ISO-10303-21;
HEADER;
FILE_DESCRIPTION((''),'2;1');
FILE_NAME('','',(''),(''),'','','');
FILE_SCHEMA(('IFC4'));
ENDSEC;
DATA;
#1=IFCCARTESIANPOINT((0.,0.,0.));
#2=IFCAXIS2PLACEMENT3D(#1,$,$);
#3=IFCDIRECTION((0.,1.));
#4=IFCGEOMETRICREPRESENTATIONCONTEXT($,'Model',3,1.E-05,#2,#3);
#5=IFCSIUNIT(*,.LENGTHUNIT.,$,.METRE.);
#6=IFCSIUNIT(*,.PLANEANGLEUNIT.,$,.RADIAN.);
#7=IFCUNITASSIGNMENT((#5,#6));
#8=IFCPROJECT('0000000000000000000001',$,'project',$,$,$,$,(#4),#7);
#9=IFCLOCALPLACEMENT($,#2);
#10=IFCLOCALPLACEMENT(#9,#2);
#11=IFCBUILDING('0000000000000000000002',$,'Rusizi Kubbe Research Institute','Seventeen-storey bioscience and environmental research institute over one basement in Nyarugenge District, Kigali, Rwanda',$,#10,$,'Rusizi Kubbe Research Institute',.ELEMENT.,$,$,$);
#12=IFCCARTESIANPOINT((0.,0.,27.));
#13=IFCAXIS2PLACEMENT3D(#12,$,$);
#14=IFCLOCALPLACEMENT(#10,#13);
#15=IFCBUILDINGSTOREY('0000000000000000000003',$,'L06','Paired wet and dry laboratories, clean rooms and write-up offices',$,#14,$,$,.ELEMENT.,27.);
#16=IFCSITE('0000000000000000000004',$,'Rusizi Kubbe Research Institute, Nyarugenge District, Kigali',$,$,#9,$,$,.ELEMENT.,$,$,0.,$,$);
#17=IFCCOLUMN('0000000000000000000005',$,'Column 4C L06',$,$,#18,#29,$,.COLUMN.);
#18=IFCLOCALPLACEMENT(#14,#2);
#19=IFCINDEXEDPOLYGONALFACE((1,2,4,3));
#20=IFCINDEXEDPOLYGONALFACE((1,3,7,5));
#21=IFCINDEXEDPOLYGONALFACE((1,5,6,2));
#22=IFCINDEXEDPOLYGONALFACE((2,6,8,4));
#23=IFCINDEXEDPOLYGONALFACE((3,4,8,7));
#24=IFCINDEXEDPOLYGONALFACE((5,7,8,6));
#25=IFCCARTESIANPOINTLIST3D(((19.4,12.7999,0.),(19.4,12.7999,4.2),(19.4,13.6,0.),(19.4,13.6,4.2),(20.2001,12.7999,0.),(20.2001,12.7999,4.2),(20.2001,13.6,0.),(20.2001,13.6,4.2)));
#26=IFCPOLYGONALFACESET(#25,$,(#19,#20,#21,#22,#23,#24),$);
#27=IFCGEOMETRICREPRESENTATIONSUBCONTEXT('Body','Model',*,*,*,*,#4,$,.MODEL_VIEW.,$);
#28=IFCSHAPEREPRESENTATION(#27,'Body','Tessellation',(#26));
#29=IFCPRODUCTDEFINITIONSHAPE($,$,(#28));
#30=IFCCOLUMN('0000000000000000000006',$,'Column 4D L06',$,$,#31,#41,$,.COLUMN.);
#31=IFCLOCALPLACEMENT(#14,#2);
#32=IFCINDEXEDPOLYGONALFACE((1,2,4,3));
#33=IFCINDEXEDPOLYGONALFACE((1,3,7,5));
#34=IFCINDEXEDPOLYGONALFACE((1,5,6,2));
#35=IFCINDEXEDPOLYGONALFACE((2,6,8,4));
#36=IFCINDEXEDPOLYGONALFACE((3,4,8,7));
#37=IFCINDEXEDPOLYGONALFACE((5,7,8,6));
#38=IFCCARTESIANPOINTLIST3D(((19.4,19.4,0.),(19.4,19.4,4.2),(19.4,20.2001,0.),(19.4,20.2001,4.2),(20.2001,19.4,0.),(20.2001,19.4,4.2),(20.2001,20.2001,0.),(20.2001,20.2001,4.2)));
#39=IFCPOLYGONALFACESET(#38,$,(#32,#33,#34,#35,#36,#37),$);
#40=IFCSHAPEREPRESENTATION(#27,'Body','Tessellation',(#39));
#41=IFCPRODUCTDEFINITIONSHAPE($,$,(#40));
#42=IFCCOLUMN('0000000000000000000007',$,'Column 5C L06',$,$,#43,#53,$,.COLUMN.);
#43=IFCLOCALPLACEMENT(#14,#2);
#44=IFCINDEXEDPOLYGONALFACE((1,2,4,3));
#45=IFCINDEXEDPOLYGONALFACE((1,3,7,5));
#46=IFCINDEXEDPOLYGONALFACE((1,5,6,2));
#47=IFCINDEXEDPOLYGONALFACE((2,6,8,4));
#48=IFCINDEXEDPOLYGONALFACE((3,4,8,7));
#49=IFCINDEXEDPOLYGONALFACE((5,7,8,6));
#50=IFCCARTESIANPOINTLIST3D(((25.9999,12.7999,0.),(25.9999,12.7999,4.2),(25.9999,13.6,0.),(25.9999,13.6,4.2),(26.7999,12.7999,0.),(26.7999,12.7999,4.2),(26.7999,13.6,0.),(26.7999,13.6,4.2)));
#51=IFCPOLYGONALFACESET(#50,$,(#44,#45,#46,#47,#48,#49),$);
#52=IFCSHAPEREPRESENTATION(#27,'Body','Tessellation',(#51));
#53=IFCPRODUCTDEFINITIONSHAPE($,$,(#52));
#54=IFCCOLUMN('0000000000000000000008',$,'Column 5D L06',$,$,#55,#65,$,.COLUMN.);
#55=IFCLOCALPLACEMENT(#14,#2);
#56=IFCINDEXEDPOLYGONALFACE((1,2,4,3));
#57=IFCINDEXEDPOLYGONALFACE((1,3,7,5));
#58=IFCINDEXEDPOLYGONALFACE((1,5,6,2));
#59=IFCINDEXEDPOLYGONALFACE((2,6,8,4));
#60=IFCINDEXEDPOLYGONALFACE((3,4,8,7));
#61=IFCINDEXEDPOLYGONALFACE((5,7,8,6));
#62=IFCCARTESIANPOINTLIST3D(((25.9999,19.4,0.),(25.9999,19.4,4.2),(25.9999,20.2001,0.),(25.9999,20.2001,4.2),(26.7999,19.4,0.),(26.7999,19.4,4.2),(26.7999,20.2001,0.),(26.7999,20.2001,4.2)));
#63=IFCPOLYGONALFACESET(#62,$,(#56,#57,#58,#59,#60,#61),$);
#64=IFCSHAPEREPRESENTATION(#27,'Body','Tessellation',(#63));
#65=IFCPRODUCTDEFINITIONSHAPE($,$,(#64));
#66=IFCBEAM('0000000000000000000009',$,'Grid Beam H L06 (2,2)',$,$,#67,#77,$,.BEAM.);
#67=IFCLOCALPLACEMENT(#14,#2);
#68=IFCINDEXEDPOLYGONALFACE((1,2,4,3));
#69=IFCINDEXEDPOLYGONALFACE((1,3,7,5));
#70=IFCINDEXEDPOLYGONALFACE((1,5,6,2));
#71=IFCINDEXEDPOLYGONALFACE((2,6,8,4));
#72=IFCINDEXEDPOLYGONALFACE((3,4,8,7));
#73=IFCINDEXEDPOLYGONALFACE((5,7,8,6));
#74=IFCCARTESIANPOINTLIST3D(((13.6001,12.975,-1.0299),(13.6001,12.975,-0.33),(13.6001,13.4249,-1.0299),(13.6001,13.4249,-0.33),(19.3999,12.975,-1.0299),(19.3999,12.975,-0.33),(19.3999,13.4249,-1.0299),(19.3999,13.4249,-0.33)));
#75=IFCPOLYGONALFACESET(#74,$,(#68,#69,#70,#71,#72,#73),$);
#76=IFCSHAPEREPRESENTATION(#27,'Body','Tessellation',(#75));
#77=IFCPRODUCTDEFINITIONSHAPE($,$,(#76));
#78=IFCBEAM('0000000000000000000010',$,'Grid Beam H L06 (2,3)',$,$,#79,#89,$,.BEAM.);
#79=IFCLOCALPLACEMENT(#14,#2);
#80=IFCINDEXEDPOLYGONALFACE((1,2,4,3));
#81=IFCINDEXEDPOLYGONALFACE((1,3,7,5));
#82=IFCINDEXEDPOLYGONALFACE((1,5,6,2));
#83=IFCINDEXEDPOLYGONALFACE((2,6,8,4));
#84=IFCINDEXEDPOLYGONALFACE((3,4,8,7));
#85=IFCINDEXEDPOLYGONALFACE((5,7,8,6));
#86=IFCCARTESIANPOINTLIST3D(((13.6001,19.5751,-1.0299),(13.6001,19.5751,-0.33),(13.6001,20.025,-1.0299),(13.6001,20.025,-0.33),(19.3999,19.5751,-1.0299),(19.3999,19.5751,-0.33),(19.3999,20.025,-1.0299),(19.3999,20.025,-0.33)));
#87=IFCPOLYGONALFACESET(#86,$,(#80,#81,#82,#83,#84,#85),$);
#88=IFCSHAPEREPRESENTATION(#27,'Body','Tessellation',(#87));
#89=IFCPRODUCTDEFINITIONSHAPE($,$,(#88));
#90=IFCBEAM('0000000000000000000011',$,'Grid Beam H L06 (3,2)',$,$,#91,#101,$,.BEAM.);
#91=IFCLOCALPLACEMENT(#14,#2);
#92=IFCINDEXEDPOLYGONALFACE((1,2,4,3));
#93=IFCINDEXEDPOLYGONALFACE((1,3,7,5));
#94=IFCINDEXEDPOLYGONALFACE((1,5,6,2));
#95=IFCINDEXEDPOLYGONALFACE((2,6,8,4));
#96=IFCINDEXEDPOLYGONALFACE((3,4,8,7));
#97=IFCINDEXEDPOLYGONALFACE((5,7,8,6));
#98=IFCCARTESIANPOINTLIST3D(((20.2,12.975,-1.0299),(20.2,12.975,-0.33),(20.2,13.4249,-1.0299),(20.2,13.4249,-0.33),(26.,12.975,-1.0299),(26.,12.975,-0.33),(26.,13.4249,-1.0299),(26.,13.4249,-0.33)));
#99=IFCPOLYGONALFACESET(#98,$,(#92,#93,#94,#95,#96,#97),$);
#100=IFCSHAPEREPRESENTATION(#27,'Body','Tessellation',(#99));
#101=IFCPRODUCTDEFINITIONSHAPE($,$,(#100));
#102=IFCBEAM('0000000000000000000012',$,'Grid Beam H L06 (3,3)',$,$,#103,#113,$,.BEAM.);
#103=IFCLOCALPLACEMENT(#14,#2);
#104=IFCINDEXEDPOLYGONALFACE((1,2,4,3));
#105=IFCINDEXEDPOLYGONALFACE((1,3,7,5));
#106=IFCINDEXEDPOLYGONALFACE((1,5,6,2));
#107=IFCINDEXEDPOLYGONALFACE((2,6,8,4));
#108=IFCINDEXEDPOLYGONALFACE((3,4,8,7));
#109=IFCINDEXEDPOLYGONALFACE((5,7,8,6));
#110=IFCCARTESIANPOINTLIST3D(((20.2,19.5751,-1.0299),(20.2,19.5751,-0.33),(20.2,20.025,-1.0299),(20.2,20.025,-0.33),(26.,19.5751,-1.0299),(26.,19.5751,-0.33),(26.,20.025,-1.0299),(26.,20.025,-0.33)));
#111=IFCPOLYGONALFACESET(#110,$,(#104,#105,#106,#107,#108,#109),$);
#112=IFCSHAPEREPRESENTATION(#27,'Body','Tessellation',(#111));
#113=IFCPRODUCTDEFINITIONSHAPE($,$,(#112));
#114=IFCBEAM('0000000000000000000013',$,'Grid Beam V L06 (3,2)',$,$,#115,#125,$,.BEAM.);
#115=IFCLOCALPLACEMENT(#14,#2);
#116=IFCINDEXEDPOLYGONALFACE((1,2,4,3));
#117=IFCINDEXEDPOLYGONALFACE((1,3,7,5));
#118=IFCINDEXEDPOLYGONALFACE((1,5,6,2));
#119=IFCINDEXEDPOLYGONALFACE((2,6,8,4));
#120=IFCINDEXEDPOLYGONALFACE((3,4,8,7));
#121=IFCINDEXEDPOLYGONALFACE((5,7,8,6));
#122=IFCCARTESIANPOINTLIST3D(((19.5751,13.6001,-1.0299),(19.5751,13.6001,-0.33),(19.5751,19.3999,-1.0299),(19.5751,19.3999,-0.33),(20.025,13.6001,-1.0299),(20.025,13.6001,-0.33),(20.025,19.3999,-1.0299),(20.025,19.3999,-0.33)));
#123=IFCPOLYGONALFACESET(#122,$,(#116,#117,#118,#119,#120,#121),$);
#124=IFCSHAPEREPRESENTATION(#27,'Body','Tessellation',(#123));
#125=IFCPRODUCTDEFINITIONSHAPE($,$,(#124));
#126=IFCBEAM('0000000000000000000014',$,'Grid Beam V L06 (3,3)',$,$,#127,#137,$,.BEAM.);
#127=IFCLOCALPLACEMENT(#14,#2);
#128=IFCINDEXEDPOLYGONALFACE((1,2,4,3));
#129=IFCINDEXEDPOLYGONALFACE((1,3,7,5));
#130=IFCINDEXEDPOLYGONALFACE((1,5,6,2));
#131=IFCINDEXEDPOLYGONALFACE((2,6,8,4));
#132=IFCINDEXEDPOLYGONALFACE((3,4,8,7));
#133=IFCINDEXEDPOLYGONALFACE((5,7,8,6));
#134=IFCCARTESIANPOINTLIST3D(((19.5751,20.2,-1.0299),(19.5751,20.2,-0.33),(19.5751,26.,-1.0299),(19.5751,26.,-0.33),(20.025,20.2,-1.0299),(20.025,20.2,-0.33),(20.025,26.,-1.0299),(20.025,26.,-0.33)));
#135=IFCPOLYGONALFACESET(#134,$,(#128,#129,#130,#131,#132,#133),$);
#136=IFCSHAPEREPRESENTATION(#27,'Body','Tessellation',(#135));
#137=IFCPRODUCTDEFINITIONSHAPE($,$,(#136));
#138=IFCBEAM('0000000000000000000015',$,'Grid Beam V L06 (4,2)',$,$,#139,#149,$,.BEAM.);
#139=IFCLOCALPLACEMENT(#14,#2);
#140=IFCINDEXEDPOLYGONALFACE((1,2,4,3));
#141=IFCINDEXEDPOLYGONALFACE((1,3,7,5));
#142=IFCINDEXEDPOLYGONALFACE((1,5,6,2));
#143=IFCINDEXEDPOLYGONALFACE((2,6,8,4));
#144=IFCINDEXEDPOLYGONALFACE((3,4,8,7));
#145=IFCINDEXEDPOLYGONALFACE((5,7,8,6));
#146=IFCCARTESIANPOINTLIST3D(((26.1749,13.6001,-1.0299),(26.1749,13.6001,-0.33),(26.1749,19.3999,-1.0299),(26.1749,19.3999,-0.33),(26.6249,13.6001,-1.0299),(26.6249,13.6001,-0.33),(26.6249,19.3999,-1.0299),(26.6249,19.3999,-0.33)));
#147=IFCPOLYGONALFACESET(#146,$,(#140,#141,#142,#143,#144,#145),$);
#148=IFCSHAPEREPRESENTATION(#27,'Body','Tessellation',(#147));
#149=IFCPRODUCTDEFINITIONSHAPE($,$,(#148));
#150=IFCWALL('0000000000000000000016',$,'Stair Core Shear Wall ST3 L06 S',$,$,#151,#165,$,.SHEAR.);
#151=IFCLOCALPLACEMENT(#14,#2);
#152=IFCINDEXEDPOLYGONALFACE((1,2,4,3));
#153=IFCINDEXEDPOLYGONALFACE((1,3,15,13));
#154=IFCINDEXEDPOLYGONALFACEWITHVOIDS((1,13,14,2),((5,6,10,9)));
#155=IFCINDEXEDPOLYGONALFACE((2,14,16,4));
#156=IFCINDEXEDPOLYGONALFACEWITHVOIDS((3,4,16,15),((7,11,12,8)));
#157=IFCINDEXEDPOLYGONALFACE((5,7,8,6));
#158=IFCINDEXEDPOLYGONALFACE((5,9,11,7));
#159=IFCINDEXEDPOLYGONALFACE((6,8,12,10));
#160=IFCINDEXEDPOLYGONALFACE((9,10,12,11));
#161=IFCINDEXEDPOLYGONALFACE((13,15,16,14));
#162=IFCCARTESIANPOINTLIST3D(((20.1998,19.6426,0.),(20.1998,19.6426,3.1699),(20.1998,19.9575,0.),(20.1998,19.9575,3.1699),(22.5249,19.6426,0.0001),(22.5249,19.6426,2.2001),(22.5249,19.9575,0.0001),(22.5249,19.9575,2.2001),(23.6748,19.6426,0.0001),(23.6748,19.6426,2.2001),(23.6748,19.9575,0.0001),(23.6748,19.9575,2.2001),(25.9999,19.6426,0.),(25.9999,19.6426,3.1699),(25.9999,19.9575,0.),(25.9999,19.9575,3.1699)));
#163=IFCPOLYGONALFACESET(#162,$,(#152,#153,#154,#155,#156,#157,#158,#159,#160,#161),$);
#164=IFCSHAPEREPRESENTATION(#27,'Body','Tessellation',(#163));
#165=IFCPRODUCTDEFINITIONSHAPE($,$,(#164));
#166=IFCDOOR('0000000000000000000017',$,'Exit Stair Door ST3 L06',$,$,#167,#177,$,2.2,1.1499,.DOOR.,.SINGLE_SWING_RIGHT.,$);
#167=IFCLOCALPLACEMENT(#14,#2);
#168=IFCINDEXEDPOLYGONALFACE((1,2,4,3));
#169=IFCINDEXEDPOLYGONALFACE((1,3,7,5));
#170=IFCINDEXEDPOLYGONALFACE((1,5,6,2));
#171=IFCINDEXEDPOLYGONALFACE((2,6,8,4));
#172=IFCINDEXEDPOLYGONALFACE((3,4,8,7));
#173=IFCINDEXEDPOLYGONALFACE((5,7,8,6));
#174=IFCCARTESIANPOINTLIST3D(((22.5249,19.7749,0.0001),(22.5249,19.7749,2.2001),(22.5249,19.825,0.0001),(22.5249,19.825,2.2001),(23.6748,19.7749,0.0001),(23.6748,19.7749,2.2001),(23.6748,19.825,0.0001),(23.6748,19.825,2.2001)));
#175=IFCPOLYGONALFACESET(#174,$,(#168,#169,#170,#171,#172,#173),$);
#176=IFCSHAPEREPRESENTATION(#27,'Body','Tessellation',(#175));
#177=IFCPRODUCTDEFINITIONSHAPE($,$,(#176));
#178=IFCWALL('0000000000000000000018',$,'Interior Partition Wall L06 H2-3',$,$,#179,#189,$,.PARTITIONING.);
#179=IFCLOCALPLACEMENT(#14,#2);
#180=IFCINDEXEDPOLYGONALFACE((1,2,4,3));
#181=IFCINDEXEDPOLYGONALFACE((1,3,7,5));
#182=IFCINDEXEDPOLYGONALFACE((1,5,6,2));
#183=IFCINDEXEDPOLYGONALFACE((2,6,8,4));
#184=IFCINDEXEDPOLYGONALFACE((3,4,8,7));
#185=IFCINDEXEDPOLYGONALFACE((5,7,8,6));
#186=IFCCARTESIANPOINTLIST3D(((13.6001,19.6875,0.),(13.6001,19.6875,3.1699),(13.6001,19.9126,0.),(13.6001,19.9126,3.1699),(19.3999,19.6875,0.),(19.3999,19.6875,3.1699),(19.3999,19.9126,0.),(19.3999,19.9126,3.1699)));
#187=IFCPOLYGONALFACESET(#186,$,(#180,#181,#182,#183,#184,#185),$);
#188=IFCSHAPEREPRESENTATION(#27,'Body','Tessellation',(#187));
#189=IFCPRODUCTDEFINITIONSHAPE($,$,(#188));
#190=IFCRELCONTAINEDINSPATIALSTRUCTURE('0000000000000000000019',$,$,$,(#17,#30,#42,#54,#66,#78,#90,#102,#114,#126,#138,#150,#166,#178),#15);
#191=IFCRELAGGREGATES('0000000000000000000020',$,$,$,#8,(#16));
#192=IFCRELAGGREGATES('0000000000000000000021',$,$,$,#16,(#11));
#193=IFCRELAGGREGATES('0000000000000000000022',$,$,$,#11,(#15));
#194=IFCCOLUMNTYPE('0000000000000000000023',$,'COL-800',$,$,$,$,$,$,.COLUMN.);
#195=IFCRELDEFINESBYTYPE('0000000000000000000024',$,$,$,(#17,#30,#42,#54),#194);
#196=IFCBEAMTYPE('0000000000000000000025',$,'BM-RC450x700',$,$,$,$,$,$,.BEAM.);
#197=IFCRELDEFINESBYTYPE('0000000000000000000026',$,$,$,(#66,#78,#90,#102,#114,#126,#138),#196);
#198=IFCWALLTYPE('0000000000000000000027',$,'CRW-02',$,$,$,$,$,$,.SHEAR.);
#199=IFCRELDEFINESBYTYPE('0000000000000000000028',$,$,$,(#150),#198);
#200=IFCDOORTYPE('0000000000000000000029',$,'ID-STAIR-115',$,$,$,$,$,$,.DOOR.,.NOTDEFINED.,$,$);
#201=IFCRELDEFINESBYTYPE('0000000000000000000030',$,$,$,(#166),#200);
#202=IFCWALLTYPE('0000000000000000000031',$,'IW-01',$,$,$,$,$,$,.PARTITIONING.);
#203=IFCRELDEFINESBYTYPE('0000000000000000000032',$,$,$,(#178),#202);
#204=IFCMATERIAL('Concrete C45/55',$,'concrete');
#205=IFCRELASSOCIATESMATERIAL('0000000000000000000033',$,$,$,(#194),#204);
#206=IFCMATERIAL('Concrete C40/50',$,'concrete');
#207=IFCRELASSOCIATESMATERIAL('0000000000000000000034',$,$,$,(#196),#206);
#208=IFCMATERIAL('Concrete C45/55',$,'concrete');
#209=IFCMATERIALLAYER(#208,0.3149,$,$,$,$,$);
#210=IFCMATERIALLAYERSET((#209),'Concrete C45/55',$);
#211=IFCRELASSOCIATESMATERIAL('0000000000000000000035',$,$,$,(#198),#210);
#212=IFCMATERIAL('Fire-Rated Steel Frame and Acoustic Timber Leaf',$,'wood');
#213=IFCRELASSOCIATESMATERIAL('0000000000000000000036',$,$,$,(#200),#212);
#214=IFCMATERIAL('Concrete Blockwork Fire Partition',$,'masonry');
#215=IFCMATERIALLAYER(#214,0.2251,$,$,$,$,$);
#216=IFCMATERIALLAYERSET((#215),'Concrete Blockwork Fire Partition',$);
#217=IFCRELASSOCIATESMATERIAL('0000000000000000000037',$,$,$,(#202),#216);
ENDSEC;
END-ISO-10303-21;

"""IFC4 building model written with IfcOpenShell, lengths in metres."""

from ifc_helpers import new_model, si_unit, direction, frame, frame_2d, origin, origin_2d, place, context, subcontext, project, spatial, rectangle, extrude, material, layer, layer_set, material_profile, profile_set, type_object, element, fill, save


model = new_model("IFC4")

# Units and contexts
model_context = context("Model", 3, precision=1e-05, world=origin(), true_north=direction((0.0, 1.0)))
body_context = subcontext(model_context, "Body", "Model", "MODEL_VIEW")
ifc_project = project(units=[si_unit("LENGTHUNIT", "METRE"), si_unit("PLANEANGLEUNIT", "RADIAN")], contexts=[model_context])

# Site, building, storey
site_placement = place(None, origin())
site = spatial("IfcSite", under=ifc_project, at=site_placement, Name="Rusizi Kubbe Research Institute, Nyarugenge District, Kigali", CompositionType="ELEMENT", RefElevation=0.0)
building_placement = place(site_placement, origin())
building = spatial("IfcBuilding", under=site, at=building_placement, Name="Rusizi Kubbe Research Institute", Description="Seventeen-storey bioscience and environmental research institute over one basement in Nyarugenge District, Kigali, Rwanda", LongName="Rusizi Kubbe Research Institute", CompositionType="ELEMENT")
storey_placement = place(building_placement, frame((0.0, 0.0, 27.0)))
storey = spatial("IfcBuildingStorey", under=building, at=storey_placement, Name="L06", Description="Paired wet and dry laboratories, clean rooms and write-up offices", CompositionType="ELEMENT", Elevation=27.0)

# Columns
ifc_material_1 = material(Name="Concrete C45/55", Category="concrete")
ifc_material_profile_1 = material_profile(ifc_material_1, rectangle(XDim=0.8, YDim=0.8, at=origin_2d()), Name="RC800x800")
ifc_profile_set_1 = profile_set([ifc_material_profile_1], Name="Concrete C45/55")
column_type = type_object("IfcColumnType", Name="COL-800", PredefinedType="COLUMN", material=ifc_profile_set_1)
for number, where, z_axis, x_axis, name in (
    (1, (19.8, 13.2, 0.0), (0.0, 0.0, 1.0), (1.0, 0.0, 0.0), "Column 4C L06"),
    (2, (19.8, 19.8, 0.0), (0.0, 0.0, 1.0), (1.0, 0.0, 0.0), "Column 4D L06"),
    (3, (26.3999, 13.2, 0.0), (0.0, 0.0, 1.0), (1.0, 0.0, 0.0), "Column 5C L06"),
    (4, (26.3999, 19.8, 0.0), (0.0, 0.0, 1.0), (1.0, 0.0, 0.0), "Column 5D L06"),
):
    element("IfcColumn", number, at=place(storey_placement, frame(where, z_axis=z_axis, x_axis=x_axis)), inside=storey, type_object=column_type, Name=name, PredefinedType="COLUMN", context=body_context, shape_type="SweptSolid", body=[
        extrude(rectangle(XDim=0.8, YDim=0.8, at=origin_2d()), origin(), (0.0, 0.0, 1.0), 4.2),
    ])

# Beams
ifc_material_2 = material(Name="Concrete C40/50", Category="concrete")
ifc_material_profile_2 = material_profile(ifc_material_2, rectangle(XDim=0.45, YDim=0.7, at=origin_2d()), Name="RC450x700B")
ifc_profile_set_2 = profile_set([ifc_material_profile_2], Name="Concrete C40/50")
beam_type = type_object("IfcBeamType", Name="BM-RC450x700", PredefinedType="BEAM", material=ifc_profile_set_2)
for number, where, z_axis, x_axis, name in (
    (5, (13.6001, 13.2, -0.6799), (1.0, 0.0, 0.0), (0.0, 1.0, 0.0), "Grid Beam H L06 (2,2)"),
    (6, (13.6001, 19.8, -0.6799), (1.0, 0.0, 0.0), (0.0, 1.0, 0.0), "Grid Beam H L06 (2,3)"),
):
    element("IfcBeam", number, at=place(storey_placement, frame(where, z_axis=z_axis, x_axis=x_axis)), inside=storey, type_object=beam_type, Name=name, PredefinedType="BEAM", context=body_context, shape_type="SweptSolid", body=[
        extrude(rectangle(XDim=0.45, YDim=0.7, at=origin_2d()), origin(), (0.0, 0.0, 1.0), 5.7998),
    ])
for number, where, z_axis, x_axis, name in (
    (7, (20.2, 13.2, -0.6799), (1.0, 0.0, 0.0), (0.0, 1.0, 0.0), "Grid Beam H L06 (3,2)"),
    (8, (20.2, 19.8, -0.6799), (1.0, 0.0, 0.0), (0.0, 1.0, 0.0), "Grid Beam H L06 (3,3)"),
):
    element("IfcBeam", number, at=place(storey_placement, frame(where, z_axis=z_axis, x_axis=x_axis)), inside=storey, type_object=beam_type, Name=name, PredefinedType="BEAM", context=body_context, shape_type="SweptSolid", body=[
        extrude(rectangle(XDim=0.45, YDim=0.7, at=origin_2d()), origin(), (0.0, 0.0, 1.0), 5.8),
    ])
beam_1_placement = place(storey_placement, frame((19.8, 13.6001, -0.6799), z_axis=(0.0, 1.0, 0.0), x_axis=(-1.0, 0.0, 0.0)))
element("IfcBeam", 9, at=beam_1_placement, inside=storey, type_object=beam_type, Name="Grid Beam V L06 (3,2)", PredefinedType="BEAM", context=body_context, shape_type="SweptSolid", body=[
    extrude(rectangle(XDim=0.45, YDim=0.7, at=origin_2d()), origin(), (0.0, 0.0, 1.0), 5.7998),
])
beam_2_placement = place(storey_placement, frame((19.8, 20.2, -0.6799), z_axis=(0.0, 1.0, 0.0), x_axis=(-1.0, 0.0, 0.0)))
element("IfcBeam", 10, at=beam_2_placement, inside=storey, type_object=beam_type, Name="Grid Beam V L06 (3,3)", PredefinedType="BEAM", context=body_context, shape_type="SweptSolid", body=[
    extrude(rectangle(XDim=0.45, YDim=0.7, at=origin_2d()), origin(), (0.0, 0.0, 1.0), 5.8),
])
beam_3_placement = place(storey_placement, frame((26.3999, 13.6001, -0.6799), z_axis=(0.0, 1.0, 0.0), x_axis=(-1.0, 0.0, 0.0)))
element("IfcBeam", 11, at=beam_3_placement, inside=storey, type_object=beam_type, Name="Grid Beam V L06 (4,2)", PredefinedType="BEAM", context=body_context, shape_type="SweptSolid", body=[
    extrude(rectangle(XDim=0.45, YDim=0.7, at=origin_2d()), origin(), (0.0, 0.0, 1.0), 5.7998),
])

# Wall, opening, door
ifc_material_3 = material(Name="Concrete C45/55", Category="concrete")
ifc_layer_1 = layer(ifc_material_3, 0.3149)
ifc_layer_set_1 = layer_set([ifc_layer_1], Name="Concrete C45/55")
wall_type_1 = type_object("IfcWallType", Name="CRW-02", PredefinedType="SHEAR", material=ifc_layer_set_1)
wall_1_placement = place(storey_placement, frame((20.2, 19.8, 0.0), z_axis=(0.0, 0.0, 1.0), x_axis=(1.0, 0.0, 0.0)))
wall_1 = element("IfcWall", 12, at=wall_1_placement, inside=storey, type_object=wall_type_1, Name="Stair Core Shear Wall ST3 L06 S", PredefinedType="SHEAR", context=body_context, shape_type="SweptSolid", body=[
    extrude(rectangle(XDim=5.8, YDim=0.3149, at=frame_2d((2.8999, 0.0))), origin(), (0.0, 0.0, 1.0), 3.1699),
])
opening_1_placement = place(wall_1_placement, frame((2.325, 0.0, 0.0)))
opening_1 = element("IfcOpeningElement", 13, at=opening_1_placement, cuts=wall_1, PredefinedType="OPENING", context=body_context, shape_type="SweptSolid", body=[
    extrude(rectangle(XDim=1.1499, YDim=2.2, at=frame_2d((0.575, 1.1001))), frame((0.0, 0.1675, 0.0), z_axis=(0.0, -1.0, 0.0), x_axis=(1.0, 0.0, 0.0)), (0.0, 0.0, 1.0), 0.335),
])
ifc_material_4 = material(Name="Fire-Rated Steel Frame and Acoustic Timber Leaf", Category="wood")
door_type_1 = type_object("IfcDoorType", Name="ID-STAIR-115", OperationType="NOTDEFINED", PredefinedType="DOOR", material=ifc_material_4)
door_1_placement = place(opening_1_placement, origin())
door_1 = element("IfcDoor", 14, at=door_1_placement, inside=storey, type_object=door_type_1, Name="Exit Stair Door ST3 L06", OperationType="SINGLE_SWING_RIGHT", OverallHeight=2.2, OverallWidth=1.1499, PredefinedType="DOOR", context=body_context, shape_type="SweptSolid", body=[
    extrude(rectangle(XDim=1.1499, YDim=2.2, at=frame_2d((0.575, 1.1001))), frame((0.0, 0.0249, 0.0), z_axis=(0.0, -1.0, 0.0), x_axis=(1.0, 0.0, 0.0)), (0.0, 0.0, 1.0), 0.05),
])
fill(opening_1, door_1)

# Wall
ifc_material_5 = material(Name="Concrete Blockwork Fire Partition", Category="masonry")
ifc_layer_2 = layer(ifc_material_5, 0.2251)
ifc_layer_set_2 = layer_set([ifc_layer_2], Name="Concrete Blockwork Fire Partition")
wall_type_2 = type_object("IfcWallType", Name="IW-01", PredefinedType="PARTITIONING", material=ifc_layer_set_2)
wall_2_placement = place(storey_placement, frame((13.6001, 19.8, 0.0), z_axis=(0.0, 0.0, 1.0), x_axis=(1.0, 0.0, 0.0)))
element("IfcWall", 15, at=wall_2_placement, inside=storey, type_object=wall_type_2, Name="Interior Partition Wall L06 H2-3", PredefinedType="PARTITIONING", context=body_context, shape_type="SweptSolid", body=[
    extrude(rectangle(XDim=5.7998, YDim=0.2251, at=frame_2d((2.8999, 0.0))), origin(), (0.0, 0.0, 1.0), 3.1699),
])

save(model, "model.ifc")
